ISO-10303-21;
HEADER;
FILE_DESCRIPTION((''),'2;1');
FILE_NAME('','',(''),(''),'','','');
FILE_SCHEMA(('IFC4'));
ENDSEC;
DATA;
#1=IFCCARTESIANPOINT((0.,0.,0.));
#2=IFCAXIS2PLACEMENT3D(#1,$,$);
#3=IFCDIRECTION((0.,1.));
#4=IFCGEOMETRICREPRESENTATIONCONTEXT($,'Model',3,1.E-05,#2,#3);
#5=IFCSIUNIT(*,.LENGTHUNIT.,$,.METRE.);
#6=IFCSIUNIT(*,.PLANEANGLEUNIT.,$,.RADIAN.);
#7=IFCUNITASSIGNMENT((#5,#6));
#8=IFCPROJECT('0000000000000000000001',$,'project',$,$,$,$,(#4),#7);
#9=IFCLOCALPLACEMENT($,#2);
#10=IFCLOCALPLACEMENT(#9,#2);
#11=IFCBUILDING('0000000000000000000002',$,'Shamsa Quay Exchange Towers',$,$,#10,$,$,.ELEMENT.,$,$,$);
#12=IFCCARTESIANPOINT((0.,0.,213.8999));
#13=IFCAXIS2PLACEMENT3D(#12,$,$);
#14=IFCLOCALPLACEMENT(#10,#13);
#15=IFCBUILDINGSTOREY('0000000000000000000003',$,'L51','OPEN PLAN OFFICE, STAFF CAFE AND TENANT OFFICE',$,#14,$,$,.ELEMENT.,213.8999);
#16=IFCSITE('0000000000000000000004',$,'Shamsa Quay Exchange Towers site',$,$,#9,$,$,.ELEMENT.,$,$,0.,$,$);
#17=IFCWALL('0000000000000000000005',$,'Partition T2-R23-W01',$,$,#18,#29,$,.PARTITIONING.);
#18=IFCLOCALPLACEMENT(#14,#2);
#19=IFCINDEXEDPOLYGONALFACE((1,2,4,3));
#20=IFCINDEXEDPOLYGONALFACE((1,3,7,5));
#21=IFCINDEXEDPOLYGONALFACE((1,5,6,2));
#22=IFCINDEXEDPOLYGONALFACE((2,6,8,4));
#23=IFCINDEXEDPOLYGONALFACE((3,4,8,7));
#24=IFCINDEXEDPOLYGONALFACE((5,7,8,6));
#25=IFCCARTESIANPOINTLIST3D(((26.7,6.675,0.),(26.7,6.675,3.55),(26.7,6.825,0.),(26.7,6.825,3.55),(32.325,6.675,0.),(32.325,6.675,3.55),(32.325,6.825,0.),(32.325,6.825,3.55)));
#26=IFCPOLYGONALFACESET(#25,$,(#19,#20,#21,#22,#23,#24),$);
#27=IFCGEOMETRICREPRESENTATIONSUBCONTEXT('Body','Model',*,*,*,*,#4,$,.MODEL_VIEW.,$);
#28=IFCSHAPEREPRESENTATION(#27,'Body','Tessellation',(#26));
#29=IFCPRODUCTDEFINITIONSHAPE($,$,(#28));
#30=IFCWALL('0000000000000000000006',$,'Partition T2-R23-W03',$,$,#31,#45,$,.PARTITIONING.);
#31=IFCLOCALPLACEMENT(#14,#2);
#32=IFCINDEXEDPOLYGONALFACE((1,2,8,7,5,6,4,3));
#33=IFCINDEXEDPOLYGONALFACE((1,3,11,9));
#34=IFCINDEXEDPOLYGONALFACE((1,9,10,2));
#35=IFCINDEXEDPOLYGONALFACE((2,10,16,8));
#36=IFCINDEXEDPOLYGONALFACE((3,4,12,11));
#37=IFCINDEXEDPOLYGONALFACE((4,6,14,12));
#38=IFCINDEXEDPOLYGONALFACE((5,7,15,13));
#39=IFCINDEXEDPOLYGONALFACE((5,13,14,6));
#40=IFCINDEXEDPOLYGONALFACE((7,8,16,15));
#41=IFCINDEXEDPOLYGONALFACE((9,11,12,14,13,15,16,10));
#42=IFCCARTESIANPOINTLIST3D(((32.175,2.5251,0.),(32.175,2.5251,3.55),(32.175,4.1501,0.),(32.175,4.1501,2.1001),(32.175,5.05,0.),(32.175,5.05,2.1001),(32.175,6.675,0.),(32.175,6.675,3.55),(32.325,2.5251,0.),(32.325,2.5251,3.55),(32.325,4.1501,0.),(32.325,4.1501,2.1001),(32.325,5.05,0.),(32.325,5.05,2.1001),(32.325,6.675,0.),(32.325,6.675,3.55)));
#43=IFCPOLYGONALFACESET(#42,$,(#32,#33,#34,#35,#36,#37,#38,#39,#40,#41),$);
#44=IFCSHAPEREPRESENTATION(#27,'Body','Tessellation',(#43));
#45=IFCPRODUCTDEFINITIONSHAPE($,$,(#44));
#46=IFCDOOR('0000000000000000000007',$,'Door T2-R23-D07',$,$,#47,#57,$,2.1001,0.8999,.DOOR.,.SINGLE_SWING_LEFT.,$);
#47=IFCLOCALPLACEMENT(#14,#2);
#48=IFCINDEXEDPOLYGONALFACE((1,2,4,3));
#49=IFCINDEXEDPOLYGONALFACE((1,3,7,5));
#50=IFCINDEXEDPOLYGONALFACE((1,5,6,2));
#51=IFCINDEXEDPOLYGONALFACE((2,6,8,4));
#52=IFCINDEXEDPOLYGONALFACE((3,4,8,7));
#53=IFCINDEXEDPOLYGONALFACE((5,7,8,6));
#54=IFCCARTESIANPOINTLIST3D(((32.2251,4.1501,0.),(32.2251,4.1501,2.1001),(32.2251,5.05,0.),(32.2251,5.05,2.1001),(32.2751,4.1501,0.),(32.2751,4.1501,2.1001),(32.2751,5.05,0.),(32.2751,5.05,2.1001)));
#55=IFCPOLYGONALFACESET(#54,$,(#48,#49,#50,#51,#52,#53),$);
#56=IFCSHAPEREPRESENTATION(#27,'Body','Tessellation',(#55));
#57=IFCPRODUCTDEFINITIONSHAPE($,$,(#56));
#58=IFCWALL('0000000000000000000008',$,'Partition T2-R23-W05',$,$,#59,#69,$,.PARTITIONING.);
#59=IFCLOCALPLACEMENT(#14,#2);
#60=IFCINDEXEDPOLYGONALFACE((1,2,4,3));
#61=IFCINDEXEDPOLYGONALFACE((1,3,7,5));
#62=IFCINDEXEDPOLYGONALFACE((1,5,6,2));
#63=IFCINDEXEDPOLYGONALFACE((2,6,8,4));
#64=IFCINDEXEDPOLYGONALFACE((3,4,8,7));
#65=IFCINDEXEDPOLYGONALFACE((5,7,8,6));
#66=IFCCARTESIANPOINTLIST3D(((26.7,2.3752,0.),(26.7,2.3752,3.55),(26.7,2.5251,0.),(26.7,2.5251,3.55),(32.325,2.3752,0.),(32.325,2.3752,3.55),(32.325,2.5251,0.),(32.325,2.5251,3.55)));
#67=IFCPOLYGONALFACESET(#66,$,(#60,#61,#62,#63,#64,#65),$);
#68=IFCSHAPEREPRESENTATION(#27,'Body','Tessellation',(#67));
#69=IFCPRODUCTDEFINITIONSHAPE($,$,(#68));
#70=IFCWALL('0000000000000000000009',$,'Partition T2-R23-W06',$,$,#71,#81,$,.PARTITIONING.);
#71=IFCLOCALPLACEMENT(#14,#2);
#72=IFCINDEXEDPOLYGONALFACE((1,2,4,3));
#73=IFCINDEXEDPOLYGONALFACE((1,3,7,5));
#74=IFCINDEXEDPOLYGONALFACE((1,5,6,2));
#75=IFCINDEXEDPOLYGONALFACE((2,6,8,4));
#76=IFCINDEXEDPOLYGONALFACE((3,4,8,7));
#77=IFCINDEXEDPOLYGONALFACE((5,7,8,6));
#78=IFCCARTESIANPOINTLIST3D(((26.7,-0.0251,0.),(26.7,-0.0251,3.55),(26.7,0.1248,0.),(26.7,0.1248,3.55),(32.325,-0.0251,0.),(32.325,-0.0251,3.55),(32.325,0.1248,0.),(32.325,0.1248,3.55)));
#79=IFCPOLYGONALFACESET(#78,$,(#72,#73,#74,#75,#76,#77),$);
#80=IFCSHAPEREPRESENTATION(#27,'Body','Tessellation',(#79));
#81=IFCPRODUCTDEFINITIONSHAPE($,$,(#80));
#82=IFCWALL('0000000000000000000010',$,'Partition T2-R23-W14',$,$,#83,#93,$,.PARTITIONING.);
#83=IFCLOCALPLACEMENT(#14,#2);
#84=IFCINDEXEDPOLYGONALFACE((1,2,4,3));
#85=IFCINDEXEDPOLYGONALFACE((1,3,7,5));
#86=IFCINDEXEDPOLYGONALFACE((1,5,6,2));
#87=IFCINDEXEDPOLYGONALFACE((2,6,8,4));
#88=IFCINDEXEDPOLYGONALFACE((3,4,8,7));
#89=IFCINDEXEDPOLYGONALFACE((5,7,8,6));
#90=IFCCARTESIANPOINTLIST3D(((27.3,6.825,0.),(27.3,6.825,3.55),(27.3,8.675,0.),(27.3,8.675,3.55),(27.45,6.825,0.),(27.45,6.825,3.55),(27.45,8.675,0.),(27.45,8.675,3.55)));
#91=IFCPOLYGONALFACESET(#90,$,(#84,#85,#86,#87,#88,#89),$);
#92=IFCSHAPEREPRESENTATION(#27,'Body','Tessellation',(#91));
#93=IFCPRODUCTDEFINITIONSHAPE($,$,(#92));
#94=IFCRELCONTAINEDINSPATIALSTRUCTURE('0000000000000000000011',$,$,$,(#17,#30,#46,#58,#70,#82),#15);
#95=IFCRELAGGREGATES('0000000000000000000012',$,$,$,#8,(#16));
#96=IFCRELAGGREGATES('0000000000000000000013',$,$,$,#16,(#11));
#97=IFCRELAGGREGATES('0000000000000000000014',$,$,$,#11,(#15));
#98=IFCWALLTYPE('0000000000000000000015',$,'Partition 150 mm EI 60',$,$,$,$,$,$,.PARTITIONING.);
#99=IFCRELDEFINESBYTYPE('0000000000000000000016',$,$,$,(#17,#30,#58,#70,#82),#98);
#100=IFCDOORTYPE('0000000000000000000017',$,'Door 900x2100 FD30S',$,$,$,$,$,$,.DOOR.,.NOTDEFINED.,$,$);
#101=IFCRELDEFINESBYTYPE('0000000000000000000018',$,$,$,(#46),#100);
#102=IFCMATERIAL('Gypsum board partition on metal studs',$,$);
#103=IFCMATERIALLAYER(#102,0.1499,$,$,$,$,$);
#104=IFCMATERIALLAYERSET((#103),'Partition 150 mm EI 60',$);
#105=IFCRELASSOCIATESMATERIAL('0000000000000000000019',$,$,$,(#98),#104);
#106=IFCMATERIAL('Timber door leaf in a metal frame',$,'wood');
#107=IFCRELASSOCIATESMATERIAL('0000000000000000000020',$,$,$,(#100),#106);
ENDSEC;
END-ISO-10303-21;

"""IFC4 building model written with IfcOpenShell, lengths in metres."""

from ifc_helpers import new_model, si_unit, direction, frame, frame_2d, origin, place, context, subcontext, project, spatial, rectangle, extrude, material, layer, layer_set, type_object, element, fill, save


model = new_model("IFC4")

# Units and contexts
model_context = context("Model", 3, precision=1e-05, world=origin(), true_north=direction((0.0, 1.0)))
body_context = subcontext(model_context, "Body", "Model", "MODEL_VIEW")
ifc_project = project(units=[si_unit("LENGTHUNIT", "METRE"), si_unit("PLANEANGLEUNIT", "RADIAN")], contexts=[model_context])

# Site, building, storey
site_placement = place(None, origin())
site = spatial("IfcSite", under=ifc_project, at=site_placement, Name="Shamsa Quay Exchange Towers site", CompositionType="ELEMENT", RefElevation=0.0)
building_placement = place(site_placement, origin())
building = spatial("IfcBuilding", under=site, at=building_placement, Name="Shamsa Quay Exchange Towers", CompositionType="ELEMENT")
storey_placement = place(building_placement, frame((0.0, 0.0, 213.8999)))
storey = spatial("IfcBuildingStorey", under=building, at=storey_placement, Name="L51", Description="OPEN PLAN OFFICE, STAFF CAFE AND TENANT OFFICE", CompositionType="ELEMENT", Elevation=213.8999)

# Shared definitions
ifc_material_1 = material(Name="Gypsum board partition on metal studs")

# Shared definitions
ifc_material_2 = material(Name="Timber door leaf in a metal frame", Category="wood")

# Wall
ifc_layer_1 = layer(ifc_material_1, 0.1499)
ifc_layer_set_1 = layer_set([ifc_layer_1], Name="Partition 150 mm EI 60")
wall_type_1 = type_object("IfcWallType", Name="Partition 150 mm EI 60", PredefinedType="PARTITIONING", material=ifc_layer_set_1)
wall_1_placement = place(storey_placement, frame((32.325, 6.75, 0.0), z_axis=(0.0, 0.0, 1.0), x_axis=(-1.0, 0.0, 0.0)))
element("IfcWall", 1, at=wall_1_placement, inside=storey, type_object=wall_type_1, Name="Partition T2-R23-W01", PredefinedType="PARTITIONING", context=body_context, shape_type="SweptSolid", body=[
    extrude(rectangle(XDim=5.625, YDim=0.1499, at=frame_2d((2.8125, 0.0))), origin(), (0.0, 0.0, 1.0), 3.55),
])

# Wall, opening, door
wall_2_placement = place(storey_placement, frame((32.25, 2.5251, 0.0), z_axis=(0.0, 0.0, 1.0), x_axis=(0.0, 1.0, 0.0)))
wall_2 = element("IfcWall", 2, at=wall_2_placement, inside=storey, type_object=wall_type_1, Name="Partition T2-R23-W03", PredefinedType="PARTITIONING", context=body_context, shape_type="SweptSolid", body=[
    extrude(rectangle(XDim=4.1499, YDim=0.1499, at=frame_2d((2.075, 0.0))), origin(), (0.0, 0.0, 1.0), 3.55),
])
opening_1_placement = place(wall_2_placement, frame((1.625, 0.0, 0.0)))
opening_1 = element("IfcOpeningElement", 3, at=opening_1_placement, cuts=wall_2, PredefinedType="OPENING", context=body_context, shape_type="SweptSolid", body=[
    extrude(rectangle(XDim=0.8999, YDim=2.1001, at=frame_2d((0.45, 1.05))), frame((0.0, 0.085, 0.0), z_axis=(0.0, -1.0, 0.0), x_axis=(1.0, 0.0, 0.0)), (0.0, 0.0, 1.0), 0.1699),
])
door_type_1 = type_object("IfcDoorType", Name="Door 900x2100 FD30S", OperationType="NOTDEFINED", PredefinedType="DOOR", material=ifc_material_2)
door_1_placement = place(opening_1_placement, origin())
door_1 = element("IfcDoor", 4, at=door_1_placement, inside=storey, type_object=door_type_1, Name="Door T2-R23-D07", OperationType="SINGLE_SWING_LEFT", OverallHeight=2.1001, OverallWidth=0.8999, PredefinedType="DOOR", context=body_context, shape_type="SweptSolid", body=[
    extrude(rectangle(XDim=0.8999, YDim=2.1001, at=frame_2d((0.45, 1.05))), frame((0.0, 0.0249, 0.0), z_axis=(0.0, -1.0, 0.0), x_axis=(1.0, 0.0, 0.0)), (0.0, 0.0, 1.0), 0.05),
])
fill(opening_1, door_1)

# Walls
wall_3_placement = place(storey_placement, frame((26.7, 2.4502, 0.0)))
element("IfcWall", 5, at=wall_3_placement, inside=storey, type_object=wall_type_1, Name="Partition T2-R23-W05", PredefinedType="PARTITIONING", context=body_context, shape_type="SweptSolid", body=[
    extrude(rectangle(XDim=5.625, YDim=0.1499, at=frame_2d((2.8125, 0.0))), origin(), (0.0, 0.0, 1.0), 3.55),
])
wall_4_placement = place(storey_placement, frame((32.325, 0.0498, 0.0), z_axis=(0.0, 0.0, 1.0), x_axis=(-1.0, 0.0, 0.0)))
element("IfcWall", 6, at=wall_4_placement, inside=storey, type_object=wall_type_1, Name="Partition T2-R23-W06", PredefinedType="PARTITIONING", context=body_context, shape_type="SweptSolid", body=[
    extrude(rectangle(XDim=5.625, YDim=0.1499, at=frame_2d((2.8125, 0.0))), origin(), (0.0, 0.0, 1.0), 3.55),
])
wall_5_placement = place(storey_placement, frame((27.375, 8.675, 0.0), z_axis=(0.0, 0.0, 1.0), x_axis=(0.0, -1.0, 0.0)))
element("IfcWall", 7, at=wall_5_placement, inside=storey, type_object=wall_type_1, Name="Partition T2-R23-W14", PredefinedType="PARTITIONING", context=body_context, shape_type="SweptSolid", body=[
    extrude(rectangle(XDim=1.8501, YDim=0.1499, at=frame_2d((0.925, 0.0))), origin(), (0.0, 0.0, 1.0), 3.55),
])

save(model, "model.ifc")
